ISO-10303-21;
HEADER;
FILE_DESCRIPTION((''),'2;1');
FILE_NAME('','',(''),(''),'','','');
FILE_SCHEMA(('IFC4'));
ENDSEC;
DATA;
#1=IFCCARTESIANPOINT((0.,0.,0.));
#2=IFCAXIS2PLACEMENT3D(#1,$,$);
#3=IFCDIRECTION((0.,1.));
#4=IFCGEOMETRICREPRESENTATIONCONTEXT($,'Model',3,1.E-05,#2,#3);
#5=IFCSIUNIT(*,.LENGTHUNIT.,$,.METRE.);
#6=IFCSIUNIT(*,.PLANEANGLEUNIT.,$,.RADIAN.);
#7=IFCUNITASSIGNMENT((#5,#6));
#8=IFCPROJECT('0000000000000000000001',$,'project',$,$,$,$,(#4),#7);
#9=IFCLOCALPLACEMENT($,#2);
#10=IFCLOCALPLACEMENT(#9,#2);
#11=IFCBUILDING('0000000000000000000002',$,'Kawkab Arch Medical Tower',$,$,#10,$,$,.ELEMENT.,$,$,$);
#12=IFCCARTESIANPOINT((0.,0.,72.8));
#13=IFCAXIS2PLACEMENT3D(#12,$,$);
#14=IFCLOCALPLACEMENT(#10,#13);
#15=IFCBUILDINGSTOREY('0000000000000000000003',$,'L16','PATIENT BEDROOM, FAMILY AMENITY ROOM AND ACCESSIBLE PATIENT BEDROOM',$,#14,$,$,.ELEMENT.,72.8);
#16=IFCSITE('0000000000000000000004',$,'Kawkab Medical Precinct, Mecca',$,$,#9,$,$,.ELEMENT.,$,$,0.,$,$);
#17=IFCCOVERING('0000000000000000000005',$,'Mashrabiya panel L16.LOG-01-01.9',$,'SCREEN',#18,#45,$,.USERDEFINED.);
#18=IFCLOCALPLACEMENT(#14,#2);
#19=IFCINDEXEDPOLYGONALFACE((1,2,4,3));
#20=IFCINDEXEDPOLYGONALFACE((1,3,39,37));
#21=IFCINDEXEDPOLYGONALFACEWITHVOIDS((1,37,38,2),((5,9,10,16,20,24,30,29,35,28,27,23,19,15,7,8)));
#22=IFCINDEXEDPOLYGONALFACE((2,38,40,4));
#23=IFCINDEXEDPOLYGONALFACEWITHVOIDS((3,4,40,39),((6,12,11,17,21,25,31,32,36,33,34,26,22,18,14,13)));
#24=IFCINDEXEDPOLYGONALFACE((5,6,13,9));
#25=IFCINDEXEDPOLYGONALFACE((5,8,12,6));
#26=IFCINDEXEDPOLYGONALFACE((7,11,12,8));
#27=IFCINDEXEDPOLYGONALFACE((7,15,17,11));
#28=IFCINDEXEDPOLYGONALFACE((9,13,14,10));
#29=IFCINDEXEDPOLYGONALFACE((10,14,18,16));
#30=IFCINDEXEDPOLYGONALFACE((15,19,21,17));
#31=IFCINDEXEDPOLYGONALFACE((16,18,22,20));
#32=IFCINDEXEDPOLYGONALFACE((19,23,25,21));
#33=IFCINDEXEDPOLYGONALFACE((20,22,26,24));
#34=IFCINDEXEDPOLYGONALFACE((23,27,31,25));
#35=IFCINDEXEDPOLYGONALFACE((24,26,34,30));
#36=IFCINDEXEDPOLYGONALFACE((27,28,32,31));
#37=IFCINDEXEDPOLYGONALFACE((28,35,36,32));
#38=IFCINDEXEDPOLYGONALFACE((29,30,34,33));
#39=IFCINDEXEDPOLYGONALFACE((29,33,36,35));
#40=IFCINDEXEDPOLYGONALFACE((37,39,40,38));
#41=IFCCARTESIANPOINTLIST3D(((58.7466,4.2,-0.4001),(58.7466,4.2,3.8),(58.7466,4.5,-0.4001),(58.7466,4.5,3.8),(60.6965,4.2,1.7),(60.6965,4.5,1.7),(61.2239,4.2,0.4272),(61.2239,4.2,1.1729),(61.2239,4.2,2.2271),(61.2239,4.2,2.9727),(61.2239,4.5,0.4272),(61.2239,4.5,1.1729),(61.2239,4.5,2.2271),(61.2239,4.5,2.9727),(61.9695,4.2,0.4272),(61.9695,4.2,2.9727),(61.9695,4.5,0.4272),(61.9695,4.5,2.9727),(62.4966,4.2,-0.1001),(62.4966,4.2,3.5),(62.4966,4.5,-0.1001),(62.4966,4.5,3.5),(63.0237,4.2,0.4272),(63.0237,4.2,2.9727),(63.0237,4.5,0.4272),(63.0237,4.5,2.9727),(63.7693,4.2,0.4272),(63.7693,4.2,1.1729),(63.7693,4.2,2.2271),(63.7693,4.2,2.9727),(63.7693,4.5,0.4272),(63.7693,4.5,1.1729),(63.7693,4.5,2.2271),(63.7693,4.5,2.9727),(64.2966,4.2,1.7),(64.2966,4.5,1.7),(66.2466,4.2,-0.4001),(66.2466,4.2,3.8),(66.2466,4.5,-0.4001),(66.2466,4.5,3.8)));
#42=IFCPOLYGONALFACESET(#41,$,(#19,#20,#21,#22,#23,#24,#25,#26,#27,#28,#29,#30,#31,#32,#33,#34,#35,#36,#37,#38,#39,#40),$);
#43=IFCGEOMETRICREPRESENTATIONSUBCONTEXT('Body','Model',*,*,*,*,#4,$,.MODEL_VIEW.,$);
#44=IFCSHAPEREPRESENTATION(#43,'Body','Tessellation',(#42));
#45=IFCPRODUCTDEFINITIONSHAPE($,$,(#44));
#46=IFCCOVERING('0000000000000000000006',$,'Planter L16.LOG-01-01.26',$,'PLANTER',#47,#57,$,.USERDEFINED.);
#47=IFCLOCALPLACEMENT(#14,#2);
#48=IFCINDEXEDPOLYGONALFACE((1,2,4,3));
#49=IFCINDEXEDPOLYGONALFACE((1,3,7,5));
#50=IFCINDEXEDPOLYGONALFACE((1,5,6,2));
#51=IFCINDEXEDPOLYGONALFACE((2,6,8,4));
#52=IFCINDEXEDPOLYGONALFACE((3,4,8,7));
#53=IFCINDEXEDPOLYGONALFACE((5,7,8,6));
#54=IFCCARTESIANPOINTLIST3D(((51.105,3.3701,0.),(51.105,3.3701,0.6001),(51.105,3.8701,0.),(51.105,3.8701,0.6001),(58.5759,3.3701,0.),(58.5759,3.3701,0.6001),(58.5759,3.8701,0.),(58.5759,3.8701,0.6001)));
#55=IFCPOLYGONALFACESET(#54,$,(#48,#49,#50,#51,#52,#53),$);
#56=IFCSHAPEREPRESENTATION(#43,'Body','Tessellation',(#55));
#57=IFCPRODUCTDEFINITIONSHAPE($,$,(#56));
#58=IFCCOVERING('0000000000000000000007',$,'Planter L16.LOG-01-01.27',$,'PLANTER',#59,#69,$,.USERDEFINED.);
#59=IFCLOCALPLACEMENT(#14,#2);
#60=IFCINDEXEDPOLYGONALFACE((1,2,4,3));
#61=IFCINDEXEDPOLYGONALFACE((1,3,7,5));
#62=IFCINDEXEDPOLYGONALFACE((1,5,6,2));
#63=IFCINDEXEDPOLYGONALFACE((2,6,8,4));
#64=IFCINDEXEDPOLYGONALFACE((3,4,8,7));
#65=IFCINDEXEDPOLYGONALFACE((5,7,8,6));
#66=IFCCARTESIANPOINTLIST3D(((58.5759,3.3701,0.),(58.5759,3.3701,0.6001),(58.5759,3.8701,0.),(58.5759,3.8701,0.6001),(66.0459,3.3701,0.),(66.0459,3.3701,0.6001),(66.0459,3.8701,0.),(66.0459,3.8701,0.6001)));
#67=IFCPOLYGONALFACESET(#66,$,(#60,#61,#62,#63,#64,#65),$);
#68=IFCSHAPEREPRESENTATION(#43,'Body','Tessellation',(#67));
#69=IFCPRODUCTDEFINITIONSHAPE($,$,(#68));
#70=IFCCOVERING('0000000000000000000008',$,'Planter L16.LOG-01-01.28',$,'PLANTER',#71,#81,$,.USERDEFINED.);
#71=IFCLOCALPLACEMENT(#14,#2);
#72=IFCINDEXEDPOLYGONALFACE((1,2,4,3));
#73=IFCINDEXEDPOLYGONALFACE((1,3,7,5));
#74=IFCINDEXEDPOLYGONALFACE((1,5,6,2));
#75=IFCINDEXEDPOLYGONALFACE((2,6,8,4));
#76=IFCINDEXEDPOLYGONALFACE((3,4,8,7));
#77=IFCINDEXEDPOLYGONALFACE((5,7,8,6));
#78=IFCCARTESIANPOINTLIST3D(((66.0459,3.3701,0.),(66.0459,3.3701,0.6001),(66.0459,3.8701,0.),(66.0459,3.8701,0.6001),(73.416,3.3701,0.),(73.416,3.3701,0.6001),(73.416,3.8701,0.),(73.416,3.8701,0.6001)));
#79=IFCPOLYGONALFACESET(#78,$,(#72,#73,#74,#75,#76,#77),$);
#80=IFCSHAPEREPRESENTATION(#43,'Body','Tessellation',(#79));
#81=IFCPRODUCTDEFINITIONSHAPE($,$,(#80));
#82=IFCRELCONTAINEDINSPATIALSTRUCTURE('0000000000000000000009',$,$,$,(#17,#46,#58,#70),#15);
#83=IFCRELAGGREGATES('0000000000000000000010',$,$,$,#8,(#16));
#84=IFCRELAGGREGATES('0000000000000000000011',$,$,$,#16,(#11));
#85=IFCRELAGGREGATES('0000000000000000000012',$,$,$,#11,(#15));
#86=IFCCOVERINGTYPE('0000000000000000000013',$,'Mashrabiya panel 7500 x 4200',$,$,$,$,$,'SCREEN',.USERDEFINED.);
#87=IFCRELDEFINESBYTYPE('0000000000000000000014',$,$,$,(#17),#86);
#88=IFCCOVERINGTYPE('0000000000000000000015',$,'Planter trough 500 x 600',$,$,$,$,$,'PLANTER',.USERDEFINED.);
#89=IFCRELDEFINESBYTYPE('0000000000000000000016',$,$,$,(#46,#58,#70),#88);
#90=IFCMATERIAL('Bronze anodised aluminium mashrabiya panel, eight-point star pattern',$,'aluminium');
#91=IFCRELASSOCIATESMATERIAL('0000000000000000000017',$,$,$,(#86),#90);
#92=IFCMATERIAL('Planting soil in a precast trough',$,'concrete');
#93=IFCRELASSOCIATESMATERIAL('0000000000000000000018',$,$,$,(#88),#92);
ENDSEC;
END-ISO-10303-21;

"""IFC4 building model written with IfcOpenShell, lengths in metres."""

from ifc_helpers import new_model, si_unit, direction, frame, origin, origin_2d, place, context, subcontext, project, spatial, polyline, rectangle, outline, extrude, material, material_profile, profile_set, type_object, element, save


model = new_model("IFC4")

# Units and contexts
model_context = context("Model", 3, precision=1e-05, world=origin(), true_north=direction((0.0, 1.0)))
body_context = subcontext(model_context, "Body", "Model", "MODEL_VIEW")
ifc_project = project(units=[si_unit("LENGTHUNIT", "METRE"), si_unit("PLANEANGLEUNIT", "RADIAN")], contexts=[model_context])

# Site, building, storey
site_placement = place(None, origin())
site = spatial("IfcSite", under=ifc_project, at=site_placement, Name="Kawkab Medical Precinct, Mecca", CompositionType="ELEMENT", RefElevation=0.0)
building_placement = place(site_placement, origin())
building = spatial("IfcBuilding", under=site, at=building_placement, Name="Kawkab Arch Medical Tower", CompositionType="ELEMENT")
storey_placement = place(building_placement, frame((0.0, 0.0, 72.8)))
storey = spatial("IfcBuildingStorey", under=building, at=storey_placement, Name="L16", Description="PATIENT BEDROOM, FAMILY AMENITY ROOM AND ACCESSIBLE PATIENT BEDROOM", CompositionType="ELEMENT", Elevation=72.8)

# Coverings
ifc_material_1 = material(Name="Bronze anodised aluminium mashrabiya panel, eight-point star pattern", Category="aluminium")
ifc_material_profile_1 = material_profile(ifc_material_1, outline(polyline([(-3.75, -2.1001), (3.75, -2.1001), (3.75, 2.1001), (-3.75, 2.1001), (-3.75, -2.1001)]), holes=[polyline([(1.8, 0.0), (1.2727, 0.5271), (1.2727, 1.2727), (0.5271, 1.2727), (0.0, 1.8), (-0.5271, 1.2727), (-1.2727, 1.2727), (-1.2727, 0.5271), (-1.8, 0.0), (-1.2727, -0.5271), (-1.2727, -1.2727), (-0.5271, -1.2727), (0.0, -1.8), (0.5271, -1.2727), (1.2727, -1.2727), (1.2727, -0.5271), (1.8, 0.0)])]), Name="Mashrabiya panel 7500x4200")
ifc_profile_set_1 = profile_set([ifc_material_profile_1], Name="Bronze anodised aluminium mashrabiya panel, eight-point star pattern")
covering_type_1 = type_object("IfcCoveringType", Name="Mashrabiya panel 7500 x 4200", ElementType="SCREEN", PredefinedType="USERDEFINED", material=ifc_profile_set_1)
covering_1_placement = place(storey_placement, frame((62.4966, 4.2, 1.7), z_axis=(0.0, 1.0, 0.0), x_axis=(-1.0, 0.0, 0.0)))
element("IfcCovering", 1, at=covering_1_placement, inside=storey, type_object=covering_type_1, Name="Mashrabiya panel L16.LOG-01-01.9", ObjectType="SCREEN", PredefinedType="USERDEFINED", context=body_context, shape_type="SweptSolid", body=[
    extrude(outline(polyline([(-3.75, -2.1001), (3.75, -2.1001), (3.75, 2.1001), (-3.75, 2.1001), (-3.75, -2.1001)]), holes=[polyline([(1.8, 0.0), (1.2727, 0.5271), (1.2727, 1.2727), (0.5271, 1.2727), (0.0, 1.8), (-0.5271, 1.2727), (-1.2727, 1.2727), (-1.2727, 0.5271), (-1.8, 0.0), (-1.2727, -0.5271), (-1.2727, -1.2727), (-0.5271, -1.2727), (0.0, -1.8), (0.5271, -1.2727), (1.2727, -1.2727), (1.2727, -0.5271), (1.8, 0.0)])]), origin(), (0.0, 0.0, 1.0), 0.3),
])
ifc_material_2 = material(Name="Planting soil in a precast trough", Category="concrete")
ifc_material_profile_2 = material_profile(ifc_material_2, rectangle(XDim=0.5, YDim=0.6001, at=origin_2d()), Name="Trough 500x600")
ifc_profile_set_2 = profile_set([ifc_material_profile_2], Name="Planting soil in a precast trough")
covering_type_2 = type_object("IfcCoveringType", Name="Planter trough 500 x 600", ElementType="PLANTER", PredefinedType="USERDEFINED", material=ifc_profile_set_2)
covering_2_placement = place(storey_placement, frame((51.105, 3.6201, 0.3), z_axis=(1.0, 0.0, 0.0), x_axis=(0.0, 1.0, 0.0)))
element("IfcCovering", 2, at=covering_2_placement, inside=storey, type_object=covering_type_2, Name="Planter L16.LOG-01-01.26", ObjectType="PLANTER", PredefinedType="USERDEFINED", context=body_context, shape_type="SweptSolid", body=[
    extrude(rectangle(XDim=0.5, YDim=0.6001, at=origin_2d()), origin(), (0.0, 0.0, 1.0), 7.4709),
])
covering_3_placement = place(storey_placement, frame((58.5759, 3.6201, 0.3), z_axis=(1.0, 0.0, 0.0), x_axis=(0.0, 1.0, 0.0)))
element("IfcCovering", 3, at=covering_3_placement, inside=storey, type_object=covering_type_2, Name="Planter L16.LOG-01-01.27", ObjectType="PLANTER", PredefinedType="USERDEFINED", context=body_context, shape_type="SweptSolid", body=[
    extrude(rectangle(XDim=0.5, YDim=0.6001, at=origin_2d()), origin(), (0.0, 0.0, 1.0), 7.47),
])
covering_4_placement = place(storey_placement, frame((66.0459, 3.6201, 0.3), z_axis=(1.0, 0.0, 0.0), x_axis=(0.0, 1.0, 0.0)))
element("IfcCovering", 4, at=covering_4_placement, inside=storey, type_object=covering_type_2, Name="Planter L16.LOG-01-01.28", ObjectType="PLANTER", PredefinedType="USERDEFINED", context=body_context, shape_type="SweptSolid", body=[
    extrude(rectangle(XDim=0.5, YDim=0.6001, at=origin_2d()), origin(), (0.0, 0.0, 1.0), 7.3701),
])

save(model, "model.ifc")
